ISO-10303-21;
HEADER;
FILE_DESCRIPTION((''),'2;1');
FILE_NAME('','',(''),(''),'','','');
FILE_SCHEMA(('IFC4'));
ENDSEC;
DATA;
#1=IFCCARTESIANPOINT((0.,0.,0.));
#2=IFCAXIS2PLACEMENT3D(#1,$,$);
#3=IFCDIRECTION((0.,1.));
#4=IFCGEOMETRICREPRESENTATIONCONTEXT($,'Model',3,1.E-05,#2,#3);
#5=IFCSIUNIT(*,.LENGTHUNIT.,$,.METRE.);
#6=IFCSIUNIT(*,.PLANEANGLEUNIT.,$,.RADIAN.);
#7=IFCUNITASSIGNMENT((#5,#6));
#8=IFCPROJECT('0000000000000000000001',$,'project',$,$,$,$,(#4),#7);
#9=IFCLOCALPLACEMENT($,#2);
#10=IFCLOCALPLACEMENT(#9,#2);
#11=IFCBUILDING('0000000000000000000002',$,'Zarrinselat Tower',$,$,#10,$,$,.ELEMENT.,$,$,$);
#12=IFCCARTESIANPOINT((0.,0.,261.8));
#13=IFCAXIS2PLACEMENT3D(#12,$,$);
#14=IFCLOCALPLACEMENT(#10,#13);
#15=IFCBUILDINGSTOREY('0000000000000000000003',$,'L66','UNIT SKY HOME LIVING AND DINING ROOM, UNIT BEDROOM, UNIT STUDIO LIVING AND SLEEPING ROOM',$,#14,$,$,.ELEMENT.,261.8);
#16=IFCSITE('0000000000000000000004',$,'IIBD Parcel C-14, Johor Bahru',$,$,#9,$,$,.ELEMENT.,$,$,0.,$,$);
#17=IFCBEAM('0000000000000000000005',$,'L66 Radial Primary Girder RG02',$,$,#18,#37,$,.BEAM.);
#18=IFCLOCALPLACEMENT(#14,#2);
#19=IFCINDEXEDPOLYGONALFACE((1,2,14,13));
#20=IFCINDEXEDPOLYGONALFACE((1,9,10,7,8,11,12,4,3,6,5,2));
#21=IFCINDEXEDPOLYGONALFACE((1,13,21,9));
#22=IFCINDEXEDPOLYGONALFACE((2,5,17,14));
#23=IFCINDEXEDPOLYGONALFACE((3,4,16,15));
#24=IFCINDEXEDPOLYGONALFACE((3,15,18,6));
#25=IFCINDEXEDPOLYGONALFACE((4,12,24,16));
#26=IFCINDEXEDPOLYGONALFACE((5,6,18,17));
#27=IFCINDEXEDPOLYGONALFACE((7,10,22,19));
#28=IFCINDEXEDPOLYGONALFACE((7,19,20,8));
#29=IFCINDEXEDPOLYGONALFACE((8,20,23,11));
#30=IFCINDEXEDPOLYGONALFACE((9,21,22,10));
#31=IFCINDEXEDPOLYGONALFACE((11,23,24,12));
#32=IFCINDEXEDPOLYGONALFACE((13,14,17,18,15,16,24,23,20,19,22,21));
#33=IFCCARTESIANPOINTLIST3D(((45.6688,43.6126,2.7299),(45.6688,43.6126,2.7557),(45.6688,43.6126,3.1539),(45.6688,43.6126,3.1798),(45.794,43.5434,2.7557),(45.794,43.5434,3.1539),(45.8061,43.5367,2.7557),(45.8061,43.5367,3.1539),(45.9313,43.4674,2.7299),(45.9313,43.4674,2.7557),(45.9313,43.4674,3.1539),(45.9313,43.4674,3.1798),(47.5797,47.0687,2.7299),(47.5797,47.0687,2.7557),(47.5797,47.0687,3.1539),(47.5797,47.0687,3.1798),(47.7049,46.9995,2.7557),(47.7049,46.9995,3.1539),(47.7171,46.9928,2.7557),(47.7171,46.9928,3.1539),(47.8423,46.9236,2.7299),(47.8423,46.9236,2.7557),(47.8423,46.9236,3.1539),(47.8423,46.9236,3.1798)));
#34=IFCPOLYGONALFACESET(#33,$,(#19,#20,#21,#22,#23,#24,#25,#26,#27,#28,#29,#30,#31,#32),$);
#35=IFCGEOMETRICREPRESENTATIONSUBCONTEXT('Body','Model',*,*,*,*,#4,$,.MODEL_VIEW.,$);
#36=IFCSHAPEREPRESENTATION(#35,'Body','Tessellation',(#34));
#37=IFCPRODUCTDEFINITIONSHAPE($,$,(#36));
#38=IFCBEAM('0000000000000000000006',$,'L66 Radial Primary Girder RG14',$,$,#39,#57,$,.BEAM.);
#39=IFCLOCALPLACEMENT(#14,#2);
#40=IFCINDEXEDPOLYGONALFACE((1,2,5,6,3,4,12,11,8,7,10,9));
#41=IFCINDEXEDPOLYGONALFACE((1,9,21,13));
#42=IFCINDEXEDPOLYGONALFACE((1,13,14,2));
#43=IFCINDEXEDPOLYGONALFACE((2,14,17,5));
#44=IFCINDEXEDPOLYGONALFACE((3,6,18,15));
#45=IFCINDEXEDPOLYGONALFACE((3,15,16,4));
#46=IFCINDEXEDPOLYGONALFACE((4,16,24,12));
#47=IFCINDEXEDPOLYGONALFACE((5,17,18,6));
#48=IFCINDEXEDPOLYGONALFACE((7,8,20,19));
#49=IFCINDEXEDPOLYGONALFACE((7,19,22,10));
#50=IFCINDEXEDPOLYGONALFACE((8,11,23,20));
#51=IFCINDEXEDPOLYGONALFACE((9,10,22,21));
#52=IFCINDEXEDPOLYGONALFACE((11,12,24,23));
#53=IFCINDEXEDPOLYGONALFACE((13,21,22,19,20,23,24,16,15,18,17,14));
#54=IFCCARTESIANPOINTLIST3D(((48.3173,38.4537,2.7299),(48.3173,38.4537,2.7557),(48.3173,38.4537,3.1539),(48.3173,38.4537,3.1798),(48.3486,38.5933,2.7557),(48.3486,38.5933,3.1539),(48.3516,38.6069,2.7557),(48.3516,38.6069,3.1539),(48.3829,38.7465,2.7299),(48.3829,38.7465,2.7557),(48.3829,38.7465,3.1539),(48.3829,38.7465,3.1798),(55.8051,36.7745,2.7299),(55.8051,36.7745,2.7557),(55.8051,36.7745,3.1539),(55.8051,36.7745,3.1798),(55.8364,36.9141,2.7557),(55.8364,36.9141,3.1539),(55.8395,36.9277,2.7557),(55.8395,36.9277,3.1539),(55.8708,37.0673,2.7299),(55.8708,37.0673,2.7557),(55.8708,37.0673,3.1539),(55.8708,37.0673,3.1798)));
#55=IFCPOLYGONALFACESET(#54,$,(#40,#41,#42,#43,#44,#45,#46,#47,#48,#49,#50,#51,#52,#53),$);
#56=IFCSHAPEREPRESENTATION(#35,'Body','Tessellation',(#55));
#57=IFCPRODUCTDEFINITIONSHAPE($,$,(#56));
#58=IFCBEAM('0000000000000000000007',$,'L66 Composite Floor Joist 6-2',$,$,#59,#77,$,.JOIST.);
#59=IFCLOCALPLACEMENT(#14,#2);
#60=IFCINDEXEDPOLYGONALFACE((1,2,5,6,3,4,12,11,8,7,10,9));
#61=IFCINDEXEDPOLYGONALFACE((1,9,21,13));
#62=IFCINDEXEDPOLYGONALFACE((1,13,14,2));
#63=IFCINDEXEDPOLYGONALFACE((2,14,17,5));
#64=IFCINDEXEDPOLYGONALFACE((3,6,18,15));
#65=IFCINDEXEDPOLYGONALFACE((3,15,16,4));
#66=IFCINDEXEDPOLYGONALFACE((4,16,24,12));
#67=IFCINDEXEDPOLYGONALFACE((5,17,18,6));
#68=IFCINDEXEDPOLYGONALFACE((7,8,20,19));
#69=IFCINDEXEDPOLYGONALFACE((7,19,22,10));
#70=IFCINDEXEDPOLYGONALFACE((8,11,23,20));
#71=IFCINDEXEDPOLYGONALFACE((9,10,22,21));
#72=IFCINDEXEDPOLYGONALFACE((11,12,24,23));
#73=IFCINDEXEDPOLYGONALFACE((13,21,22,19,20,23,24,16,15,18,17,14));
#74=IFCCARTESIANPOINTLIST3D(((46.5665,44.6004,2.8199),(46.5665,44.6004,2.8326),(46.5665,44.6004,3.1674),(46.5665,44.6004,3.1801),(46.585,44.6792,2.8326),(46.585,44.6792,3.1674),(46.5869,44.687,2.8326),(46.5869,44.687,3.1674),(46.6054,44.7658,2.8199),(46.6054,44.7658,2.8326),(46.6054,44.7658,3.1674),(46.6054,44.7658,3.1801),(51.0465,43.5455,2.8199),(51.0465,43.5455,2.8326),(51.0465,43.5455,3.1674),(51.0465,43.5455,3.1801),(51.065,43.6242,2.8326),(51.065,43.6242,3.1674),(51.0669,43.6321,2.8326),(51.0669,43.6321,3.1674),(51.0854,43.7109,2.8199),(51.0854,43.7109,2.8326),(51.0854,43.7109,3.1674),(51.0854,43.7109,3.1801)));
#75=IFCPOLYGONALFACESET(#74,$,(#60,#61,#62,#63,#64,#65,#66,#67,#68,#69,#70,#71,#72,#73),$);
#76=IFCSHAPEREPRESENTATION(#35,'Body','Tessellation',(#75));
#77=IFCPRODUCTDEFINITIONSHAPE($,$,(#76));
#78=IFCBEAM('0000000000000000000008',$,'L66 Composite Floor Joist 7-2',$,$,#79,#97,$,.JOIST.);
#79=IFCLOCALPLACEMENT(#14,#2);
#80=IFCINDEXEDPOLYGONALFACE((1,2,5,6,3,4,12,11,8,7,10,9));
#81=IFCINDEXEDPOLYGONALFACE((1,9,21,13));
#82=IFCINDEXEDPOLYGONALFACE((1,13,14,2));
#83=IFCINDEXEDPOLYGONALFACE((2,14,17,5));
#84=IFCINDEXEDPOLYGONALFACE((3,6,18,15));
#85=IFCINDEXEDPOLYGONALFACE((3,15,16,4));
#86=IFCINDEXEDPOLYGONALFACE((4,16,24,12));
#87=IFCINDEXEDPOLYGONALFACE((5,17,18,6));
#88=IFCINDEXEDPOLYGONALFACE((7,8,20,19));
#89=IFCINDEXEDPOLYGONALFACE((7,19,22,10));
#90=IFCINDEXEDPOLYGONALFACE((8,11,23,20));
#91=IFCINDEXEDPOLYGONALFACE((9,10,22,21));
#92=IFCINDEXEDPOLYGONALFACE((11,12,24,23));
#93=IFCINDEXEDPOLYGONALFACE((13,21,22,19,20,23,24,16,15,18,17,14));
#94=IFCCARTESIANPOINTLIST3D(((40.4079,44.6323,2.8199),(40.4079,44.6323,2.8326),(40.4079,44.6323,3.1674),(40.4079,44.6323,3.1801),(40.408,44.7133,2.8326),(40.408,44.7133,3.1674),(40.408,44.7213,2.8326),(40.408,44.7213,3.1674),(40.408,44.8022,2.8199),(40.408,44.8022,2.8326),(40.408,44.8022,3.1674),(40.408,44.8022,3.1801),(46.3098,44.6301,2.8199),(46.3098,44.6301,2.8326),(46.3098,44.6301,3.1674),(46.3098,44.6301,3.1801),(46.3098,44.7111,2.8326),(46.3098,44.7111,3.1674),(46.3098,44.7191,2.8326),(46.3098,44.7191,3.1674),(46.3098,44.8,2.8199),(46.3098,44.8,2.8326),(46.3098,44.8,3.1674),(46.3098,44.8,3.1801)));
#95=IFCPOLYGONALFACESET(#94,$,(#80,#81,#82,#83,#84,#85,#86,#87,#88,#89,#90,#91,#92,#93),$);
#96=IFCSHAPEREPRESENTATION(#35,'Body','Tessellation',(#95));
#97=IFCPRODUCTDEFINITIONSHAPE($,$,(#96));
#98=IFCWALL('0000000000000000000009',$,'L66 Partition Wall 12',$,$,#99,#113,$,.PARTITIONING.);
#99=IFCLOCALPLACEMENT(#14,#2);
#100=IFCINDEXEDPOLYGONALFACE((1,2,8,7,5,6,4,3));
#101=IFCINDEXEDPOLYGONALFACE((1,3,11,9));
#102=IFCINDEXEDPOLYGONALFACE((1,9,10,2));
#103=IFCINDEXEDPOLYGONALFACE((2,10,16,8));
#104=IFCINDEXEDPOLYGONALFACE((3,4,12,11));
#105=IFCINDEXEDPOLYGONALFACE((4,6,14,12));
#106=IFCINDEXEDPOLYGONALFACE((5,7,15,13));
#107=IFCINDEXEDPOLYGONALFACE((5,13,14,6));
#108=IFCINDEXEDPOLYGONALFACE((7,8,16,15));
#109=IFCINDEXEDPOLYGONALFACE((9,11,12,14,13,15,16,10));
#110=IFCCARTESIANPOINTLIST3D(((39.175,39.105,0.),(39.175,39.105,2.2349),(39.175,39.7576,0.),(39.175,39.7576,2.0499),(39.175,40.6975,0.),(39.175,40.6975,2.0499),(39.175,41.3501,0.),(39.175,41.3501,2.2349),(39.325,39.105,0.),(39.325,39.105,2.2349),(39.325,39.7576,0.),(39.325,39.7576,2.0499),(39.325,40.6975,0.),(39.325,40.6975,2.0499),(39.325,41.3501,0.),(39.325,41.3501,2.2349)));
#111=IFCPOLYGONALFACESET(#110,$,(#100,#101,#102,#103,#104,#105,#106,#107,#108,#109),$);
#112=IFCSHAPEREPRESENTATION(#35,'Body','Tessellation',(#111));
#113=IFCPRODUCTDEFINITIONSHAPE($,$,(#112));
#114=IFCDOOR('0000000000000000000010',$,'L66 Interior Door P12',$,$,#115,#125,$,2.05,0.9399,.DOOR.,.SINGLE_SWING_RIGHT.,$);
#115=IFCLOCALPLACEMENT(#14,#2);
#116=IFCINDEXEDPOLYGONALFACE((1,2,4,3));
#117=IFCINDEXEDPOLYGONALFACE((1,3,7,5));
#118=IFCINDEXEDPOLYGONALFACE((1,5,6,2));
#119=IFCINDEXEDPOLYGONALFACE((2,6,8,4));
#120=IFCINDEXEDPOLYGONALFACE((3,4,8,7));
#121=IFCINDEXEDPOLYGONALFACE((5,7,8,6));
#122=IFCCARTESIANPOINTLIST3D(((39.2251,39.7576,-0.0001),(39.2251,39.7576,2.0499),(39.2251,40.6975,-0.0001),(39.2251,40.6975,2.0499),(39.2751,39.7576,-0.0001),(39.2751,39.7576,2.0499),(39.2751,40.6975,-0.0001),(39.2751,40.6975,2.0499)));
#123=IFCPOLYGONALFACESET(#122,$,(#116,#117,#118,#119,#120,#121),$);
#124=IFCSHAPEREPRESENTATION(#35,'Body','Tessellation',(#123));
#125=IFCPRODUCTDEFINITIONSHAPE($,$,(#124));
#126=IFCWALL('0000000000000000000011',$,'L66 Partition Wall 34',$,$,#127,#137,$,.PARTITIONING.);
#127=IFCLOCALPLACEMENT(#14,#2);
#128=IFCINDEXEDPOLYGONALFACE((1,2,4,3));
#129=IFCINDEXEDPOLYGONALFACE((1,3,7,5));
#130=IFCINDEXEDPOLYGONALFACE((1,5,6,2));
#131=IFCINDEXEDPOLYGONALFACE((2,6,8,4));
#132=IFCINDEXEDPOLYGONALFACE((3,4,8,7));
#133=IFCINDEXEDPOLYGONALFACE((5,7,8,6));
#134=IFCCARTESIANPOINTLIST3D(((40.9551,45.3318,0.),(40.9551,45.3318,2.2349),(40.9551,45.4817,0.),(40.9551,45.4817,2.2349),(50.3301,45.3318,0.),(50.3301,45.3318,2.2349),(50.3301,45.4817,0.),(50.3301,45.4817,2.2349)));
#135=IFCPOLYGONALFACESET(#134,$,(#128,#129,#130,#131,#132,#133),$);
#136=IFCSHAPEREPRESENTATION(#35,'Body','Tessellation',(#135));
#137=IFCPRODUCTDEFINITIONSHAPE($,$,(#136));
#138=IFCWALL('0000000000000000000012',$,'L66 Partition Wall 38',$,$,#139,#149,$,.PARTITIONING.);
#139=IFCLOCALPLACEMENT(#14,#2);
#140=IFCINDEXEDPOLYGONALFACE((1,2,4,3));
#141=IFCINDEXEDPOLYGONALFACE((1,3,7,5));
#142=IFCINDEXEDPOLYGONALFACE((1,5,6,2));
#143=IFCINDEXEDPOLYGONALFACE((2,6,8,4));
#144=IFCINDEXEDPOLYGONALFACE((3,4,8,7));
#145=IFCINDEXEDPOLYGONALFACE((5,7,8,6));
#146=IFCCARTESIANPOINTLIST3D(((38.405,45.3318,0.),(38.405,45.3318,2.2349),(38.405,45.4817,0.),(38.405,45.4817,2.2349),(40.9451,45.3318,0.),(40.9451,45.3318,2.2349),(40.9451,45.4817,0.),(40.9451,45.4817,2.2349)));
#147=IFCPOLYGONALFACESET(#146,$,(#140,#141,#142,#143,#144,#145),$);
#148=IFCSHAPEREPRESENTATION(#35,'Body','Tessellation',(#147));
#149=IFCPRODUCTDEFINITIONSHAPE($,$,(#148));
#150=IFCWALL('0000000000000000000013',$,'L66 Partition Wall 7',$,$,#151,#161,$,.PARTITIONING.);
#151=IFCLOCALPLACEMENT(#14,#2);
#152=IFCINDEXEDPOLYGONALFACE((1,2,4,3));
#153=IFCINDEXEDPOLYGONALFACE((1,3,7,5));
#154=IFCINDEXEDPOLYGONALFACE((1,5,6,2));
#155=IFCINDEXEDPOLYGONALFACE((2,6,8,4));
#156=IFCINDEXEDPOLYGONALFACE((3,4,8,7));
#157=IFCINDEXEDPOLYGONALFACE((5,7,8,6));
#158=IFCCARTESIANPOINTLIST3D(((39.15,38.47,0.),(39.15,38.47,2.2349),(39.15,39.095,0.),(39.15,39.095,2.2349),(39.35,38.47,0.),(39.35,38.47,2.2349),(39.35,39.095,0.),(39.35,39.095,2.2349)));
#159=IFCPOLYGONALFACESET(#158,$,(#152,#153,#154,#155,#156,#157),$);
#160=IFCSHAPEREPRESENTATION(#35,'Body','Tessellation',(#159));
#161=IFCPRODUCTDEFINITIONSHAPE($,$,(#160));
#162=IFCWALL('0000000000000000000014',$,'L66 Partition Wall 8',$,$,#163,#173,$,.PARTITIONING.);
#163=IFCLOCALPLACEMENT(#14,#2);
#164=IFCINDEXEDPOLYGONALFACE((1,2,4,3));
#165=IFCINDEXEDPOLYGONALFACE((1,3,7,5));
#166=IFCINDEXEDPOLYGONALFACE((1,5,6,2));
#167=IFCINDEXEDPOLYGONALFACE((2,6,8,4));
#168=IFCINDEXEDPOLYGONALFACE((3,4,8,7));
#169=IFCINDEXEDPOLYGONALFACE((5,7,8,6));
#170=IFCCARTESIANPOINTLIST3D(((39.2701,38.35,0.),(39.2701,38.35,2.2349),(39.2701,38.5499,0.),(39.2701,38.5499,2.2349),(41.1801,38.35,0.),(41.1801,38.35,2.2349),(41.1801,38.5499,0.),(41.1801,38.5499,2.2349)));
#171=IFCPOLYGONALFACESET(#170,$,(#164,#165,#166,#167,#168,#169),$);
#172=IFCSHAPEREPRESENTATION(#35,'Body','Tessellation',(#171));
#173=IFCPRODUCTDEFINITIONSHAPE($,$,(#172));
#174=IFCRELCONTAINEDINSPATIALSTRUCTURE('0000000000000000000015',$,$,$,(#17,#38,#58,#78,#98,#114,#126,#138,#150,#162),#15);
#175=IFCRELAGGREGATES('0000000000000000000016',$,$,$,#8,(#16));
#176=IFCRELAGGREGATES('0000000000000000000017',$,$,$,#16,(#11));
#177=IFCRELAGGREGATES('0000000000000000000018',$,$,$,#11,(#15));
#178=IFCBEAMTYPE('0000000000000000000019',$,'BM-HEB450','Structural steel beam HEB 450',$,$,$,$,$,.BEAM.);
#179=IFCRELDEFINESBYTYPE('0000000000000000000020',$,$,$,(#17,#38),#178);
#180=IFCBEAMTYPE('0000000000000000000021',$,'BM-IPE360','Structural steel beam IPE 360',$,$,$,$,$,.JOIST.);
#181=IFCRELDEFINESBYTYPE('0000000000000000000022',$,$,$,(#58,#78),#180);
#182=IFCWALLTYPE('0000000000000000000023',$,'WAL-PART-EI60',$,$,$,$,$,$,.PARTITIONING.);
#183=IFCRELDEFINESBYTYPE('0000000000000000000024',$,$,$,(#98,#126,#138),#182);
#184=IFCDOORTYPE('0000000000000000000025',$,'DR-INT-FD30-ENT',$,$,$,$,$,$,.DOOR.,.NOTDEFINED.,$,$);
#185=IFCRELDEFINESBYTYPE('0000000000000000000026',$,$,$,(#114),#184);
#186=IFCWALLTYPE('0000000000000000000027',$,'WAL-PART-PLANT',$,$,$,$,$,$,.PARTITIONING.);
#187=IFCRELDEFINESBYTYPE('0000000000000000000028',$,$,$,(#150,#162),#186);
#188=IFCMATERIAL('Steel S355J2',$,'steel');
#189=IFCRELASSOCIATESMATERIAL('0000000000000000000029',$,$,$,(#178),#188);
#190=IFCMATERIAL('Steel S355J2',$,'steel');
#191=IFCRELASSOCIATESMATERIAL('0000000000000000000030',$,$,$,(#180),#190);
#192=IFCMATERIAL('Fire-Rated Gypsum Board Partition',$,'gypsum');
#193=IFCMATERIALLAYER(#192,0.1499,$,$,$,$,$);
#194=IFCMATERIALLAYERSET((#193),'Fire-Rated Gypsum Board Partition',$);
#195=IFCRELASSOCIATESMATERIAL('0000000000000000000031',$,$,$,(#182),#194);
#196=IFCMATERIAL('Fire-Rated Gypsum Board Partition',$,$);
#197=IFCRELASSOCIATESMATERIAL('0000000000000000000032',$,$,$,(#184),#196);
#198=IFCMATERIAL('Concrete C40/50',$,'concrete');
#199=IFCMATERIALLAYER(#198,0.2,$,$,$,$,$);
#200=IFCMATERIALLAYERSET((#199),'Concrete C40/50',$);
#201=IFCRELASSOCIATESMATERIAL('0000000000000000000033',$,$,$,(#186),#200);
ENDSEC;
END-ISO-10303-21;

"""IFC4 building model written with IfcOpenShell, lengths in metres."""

from ifc_helpers import new_model, si_unit, direction, frame, frame_2d, origin, origin_2d, place, context, subcontext, project, spatial, rectangle, i_section, extrude, material, layer, layer_set, material_profile, profile_set, type_object, element, fill, save


model = new_model("IFC4")

# Units and contexts
model_context = context("Model", 3, precision=1e-05, world=origin(), true_north=direction((0.0, 1.0)))
body_context = subcontext(model_context, "Body", "Model", "MODEL_VIEW")
ifc_project = project(units=[si_unit("LENGTHUNIT", "METRE"), si_unit("PLANEANGLEUNIT", "RADIAN")], contexts=[model_context])

# Site, building, storey
site_placement = place(None, origin())
site = spatial("IfcSite", under=ifc_project, at=site_placement, Name="IIBD Parcel C-14, Johor Bahru", CompositionType="ELEMENT", RefElevation=0.0)
building_placement = place(site_placement, origin())
building = spatial("IfcBuilding", under=site, at=building_placement, Name="Zarrinselat Tower", CompositionType="ELEMENT")
storey_placement = place(building_placement, frame((0.0, 0.0, 261.8)))
storey = spatial("IfcBuildingStorey", under=building, at=storey_placement, Name="L66", Description="UNIT SKY HOME LIVING AND DINING ROOM, UNIT BEDROOM, UNIT STUDIO LIVING AND SLEEPING ROOM", CompositionType="ELEMENT", Elevation=261.8)

# Beams
ifc_material_1 = material(Name="Steel S355J2", Category="steel")
ifc_material_profile_1 = material_profile(ifc_material_1, i_section(OverallWidth=0.3, OverallDepth=0.45, WebThickness=0.0139, FlangeThickness=0.0259, at=origin_2d()), Name="HEB 450")
ifc_profile_set_1 = profile_set([ifc_material_profile_1], Name="Steel S355J2")
beam_type_1 = type_object("IfcBeamType", Name="BM-HEB450", Description="Structural steel beam HEB 450", PredefinedType="BEAM", material=ifc_profile_set_1)
beam_1_placement = place(storey_placement, frame((45.8, 43.54, 2.9548), z_axis=(0.483873, 0.875138, 0.0), x_axis=(-0.875138, 0.483873, 0.0)))
element("IfcBeam", 1, at=beam_1_placement, inside=storey, type_object=beam_type_1, Name="L66 Radial Primary Girder RG02", PredefinedType="BEAM", context=body_context, shape_type="SweptSolid", body=[
    extrude(i_section(OverallWidth=0.3, OverallDepth=0.45, WebThickness=0.0139, FlangeThickness=0.0259, at=origin_2d()), origin(), (0.0, 0.0, 1.0), 3.9492),
])
beam_2_placement = place(storey_placement, frame((48.3501, 38.6001, 2.9548), z_axis=(0.975765, -0.218823, 0.0), x_axis=(0.218823, 0.975765, 0.0)))
element("IfcBeam", 2, at=beam_2_placement, inside=storey, type_object=beam_type_1, Name="L66 Radial Primary Girder RG14", PredefinedType="BEAM", context=body_context, shape_type="SweptSolid", body=[
    extrude(i_section(OverallWidth=0.3, OverallDepth=0.45, WebThickness=0.0139, FlangeThickness=0.0259, at=origin_2d()), origin(), (0.0, 0.0, 1.0), 7.6738),
])
ifc_material_2 = material(Name="Steel S355J2", Category="steel")
ifc_material_profile_2 = material_profile(ifc_material_2, i_section(OverallWidth=0.1699, OverallDepth=0.3601, WebThickness=0.0081, FlangeThickness=0.0127, at=origin_2d()), Name="IPE 360")
ifc_profile_set_2 = profile_set([ifc_material_profile_2], Name="Steel S355J2")
beam_type_2 = type_object("IfcBeamType", Name="BM-IPE360", Description="Structural steel beam IPE 360", PredefinedType="JOIST", material=ifc_profile_set_2)
beam_3_placement = place(storey_placement, frame((46.5859, 44.6831, 3.0), z_axis=(0.973378, -0.229208, 0.0), x_axis=(0.229208, 0.973378, 0.0)))
element("IfcBeam", 3, at=beam_3_placement, inside=storey, type_object=beam_type_2, Name="L66 Composite Floor Joist 6-2", PredefinedType="JOIST", context=body_context, shape_type="SweptSolid", body=[
    extrude(i_section(OverallWidth=0.1699, OverallDepth=0.3601, WebThickness=0.0081, FlangeThickness=0.0127, at=origin_2d()), origin(), (0.0, 0.0, 1.0), 4.6025),
])
beam_4_placement = place(storey_placement, frame((40.408, 44.7173, 3.0), z_axis=(1.0, -0.000372, 0.0), x_axis=(0.000372, 1.0, 0.0)))
element("IfcBeam", 4, at=beam_4_placement, inside=storey, type_object=beam_type_2, Name="L66 Composite Floor Joist 7-2", PredefinedType="JOIST", context=body_context, shape_type="SweptSolid", body=[
    extrude(i_section(OverallWidth=0.1699, OverallDepth=0.3601, WebThickness=0.0081, FlangeThickness=0.0127, at=origin_2d()), origin(), (0.0, 0.0, 1.0), 5.9019),
])

# Wall, opening, door
ifc_material_3 = material(Name="Fire-Rated Gypsum Board Partition", Category="gypsum")
ifc_layer_1 = layer(ifc_material_3, 0.1499)
ifc_layer_set_1 = layer_set([ifc_layer_1], Name="Fire-Rated Gypsum Board Partition")
wall_type_1 = type_object("IfcWallType", Name="WAL-PART-EI60", PredefinedType="PARTITIONING", material=ifc_layer_set_1)
wall_1_placement = place(storey_placement, frame((39.25, 39.105, 0.0), z_axis=(0.0, 0.0, 1.0), x_axis=(0.0, 1.0, 0.0)))
wall_1 = element("IfcWall", 5, at=wall_1_placement, inside=storey, type_object=wall_type_1, Name="L66 Partition Wall 12", PredefinedType="PARTITIONING", context=body_context, shape_type="SweptSolid", body=[
    extrude(rectangle(XDim=2.2451, YDim=0.1499, at=frame_2d((1.1226, 0.0))), origin(), (0.0, 0.0, 1.0), 2.2349),
])
opening_1_placement = place(wall_1_placement, frame((0.6526, 0.0, 0.0)))
opening_1 = element("IfcOpeningElement", 6, at=opening_1_placement, cuts=wall_1, PredefinedType="OPENING", context=body_context, shape_type="SweptSolid", body=[
    extrude(rectangle(XDim=0.9399, YDim=2.05, at=frame_2d((0.47, 1.0249))), frame((0.0, 0.085, 0.0), z_axis=(0.0, -1.0, 0.0), x_axis=(1.0, 0.0, 0.0)), (0.0, 0.0, 1.0), 0.1699),
])
ifc_material_4 = material(Name="Fire-Rated Gypsum Board Partition")
door_type_1 = type_object("IfcDoorType", Name="DR-INT-FD30-ENT", OperationType="NOTDEFINED", PredefinedType="DOOR", material=ifc_material_4)
door_1_placement = place(opening_1_placement, origin())
door_1 = element("IfcDoor", 7, at=door_1_placement, inside=storey, type_object=door_type_1, Name="L66 Interior Door P12", OperationType="SINGLE_SWING_RIGHT", OverallHeight=2.05, OverallWidth=0.9399, PredefinedType="DOOR", context=body_context, shape_type="SweptSolid", body=[
    extrude(rectangle(XDim=0.9399, YDim=2.05, at=frame_2d((0.47, 1.0249))), frame((0.0, 0.0249, 0.0), z_axis=(0.0, -1.0, 0.0), x_axis=(1.0, 0.0, 0.0)), (0.0, 0.0, 1.0), 0.05),
])
fill(opening_1, door_1)

# Walls
wall_2_placement = place(storey_placement, frame((40.9551, 45.4067, 0.0), z_axis=(0.0, 0.0, 1.0), x_axis=(1.0, 0.0, 0.0)))
element("IfcWall", 8, at=wall_2_placement, inside=storey, type_object=wall_type_1, Name="L66 Partition Wall 34", PredefinedType="PARTITIONING", context=body_context, shape_type="SweptSolid", body=[
    extrude(rectangle(XDim=9.375, YDim=0.1499, at=frame_2d((4.6875, 0.0))), origin(), (0.0, 0.0, 1.0), 2.2349),
])
wall_3_placement = place(storey_placement, frame((38.405, 45.4067, 0.0), z_axis=(0.0, 0.0, 1.0), x_axis=(1.0, 0.0, 0.0)))
element("IfcWall", 9, at=wall_3_placement, inside=storey, type_object=wall_type_1, Name="L66 Partition Wall 38", PredefinedType="PARTITIONING", context=body_context, shape_type="SweptSolid", body=[
    extrude(rectangle(XDim=2.54, YDim=0.1499, at=frame_2d((1.27, 0.0))), origin(), (0.0, 0.0, 1.0), 2.2349),
])
ifc_material_5 = material(Name="Concrete C40/50", Category="concrete")
ifc_layer_2 = layer(ifc_material_5, 0.2)
ifc_layer_set_2 = layer_set([ifc_layer_2], Name="Concrete C40/50")
wall_type_2 = type_object("IfcWallType", Name="WAL-PART-PLANT", PredefinedType="PARTITIONING", material=ifc_layer_set_2)
wall_4_placement = place(storey_placement, frame((39.25, 38.47, 0.0), z_axis=(0.0, 0.0, 1.0), x_axis=(0.0, 1.0, 0.0)))
element("IfcWall", 10, at=wall_4_placement, inside=storey, type_object=wall_type_2, Name="L66 Partition Wall 7", PredefinedType="PARTITIONING", context=body_context, shape_type="SweptSolid", body=[
    extrude(rectangle(XDim=0.625, YDim=0.2, at=frame_2d((0.3125, 0.0))), origin(), (0.0, 0.0, 1.0), 2.2349),
])
wall_5_placement = place(storey_placement, frame((39.27, 38.45, 0.0), z_axis=(0.0, 0.0, 1.0), x_axis=(1.0, 0.0, 0.0)))
element("IfcWall", 11, at=wall_5_placement, inside=storey, type_object=wall_type_2, Name="L66 Partition Wall 8", PredefinedType="PARTITIONING", context=body_context, shape_type="SweptSolid", body=[
    extrude(rectangle(XDim=1.9099, YDim=0.2, at=frame_2d((0.9551, 0.0))), origin(), (0.0, 0.0, 1.0), 2.2349),
])

save(model, "model.ifc")
